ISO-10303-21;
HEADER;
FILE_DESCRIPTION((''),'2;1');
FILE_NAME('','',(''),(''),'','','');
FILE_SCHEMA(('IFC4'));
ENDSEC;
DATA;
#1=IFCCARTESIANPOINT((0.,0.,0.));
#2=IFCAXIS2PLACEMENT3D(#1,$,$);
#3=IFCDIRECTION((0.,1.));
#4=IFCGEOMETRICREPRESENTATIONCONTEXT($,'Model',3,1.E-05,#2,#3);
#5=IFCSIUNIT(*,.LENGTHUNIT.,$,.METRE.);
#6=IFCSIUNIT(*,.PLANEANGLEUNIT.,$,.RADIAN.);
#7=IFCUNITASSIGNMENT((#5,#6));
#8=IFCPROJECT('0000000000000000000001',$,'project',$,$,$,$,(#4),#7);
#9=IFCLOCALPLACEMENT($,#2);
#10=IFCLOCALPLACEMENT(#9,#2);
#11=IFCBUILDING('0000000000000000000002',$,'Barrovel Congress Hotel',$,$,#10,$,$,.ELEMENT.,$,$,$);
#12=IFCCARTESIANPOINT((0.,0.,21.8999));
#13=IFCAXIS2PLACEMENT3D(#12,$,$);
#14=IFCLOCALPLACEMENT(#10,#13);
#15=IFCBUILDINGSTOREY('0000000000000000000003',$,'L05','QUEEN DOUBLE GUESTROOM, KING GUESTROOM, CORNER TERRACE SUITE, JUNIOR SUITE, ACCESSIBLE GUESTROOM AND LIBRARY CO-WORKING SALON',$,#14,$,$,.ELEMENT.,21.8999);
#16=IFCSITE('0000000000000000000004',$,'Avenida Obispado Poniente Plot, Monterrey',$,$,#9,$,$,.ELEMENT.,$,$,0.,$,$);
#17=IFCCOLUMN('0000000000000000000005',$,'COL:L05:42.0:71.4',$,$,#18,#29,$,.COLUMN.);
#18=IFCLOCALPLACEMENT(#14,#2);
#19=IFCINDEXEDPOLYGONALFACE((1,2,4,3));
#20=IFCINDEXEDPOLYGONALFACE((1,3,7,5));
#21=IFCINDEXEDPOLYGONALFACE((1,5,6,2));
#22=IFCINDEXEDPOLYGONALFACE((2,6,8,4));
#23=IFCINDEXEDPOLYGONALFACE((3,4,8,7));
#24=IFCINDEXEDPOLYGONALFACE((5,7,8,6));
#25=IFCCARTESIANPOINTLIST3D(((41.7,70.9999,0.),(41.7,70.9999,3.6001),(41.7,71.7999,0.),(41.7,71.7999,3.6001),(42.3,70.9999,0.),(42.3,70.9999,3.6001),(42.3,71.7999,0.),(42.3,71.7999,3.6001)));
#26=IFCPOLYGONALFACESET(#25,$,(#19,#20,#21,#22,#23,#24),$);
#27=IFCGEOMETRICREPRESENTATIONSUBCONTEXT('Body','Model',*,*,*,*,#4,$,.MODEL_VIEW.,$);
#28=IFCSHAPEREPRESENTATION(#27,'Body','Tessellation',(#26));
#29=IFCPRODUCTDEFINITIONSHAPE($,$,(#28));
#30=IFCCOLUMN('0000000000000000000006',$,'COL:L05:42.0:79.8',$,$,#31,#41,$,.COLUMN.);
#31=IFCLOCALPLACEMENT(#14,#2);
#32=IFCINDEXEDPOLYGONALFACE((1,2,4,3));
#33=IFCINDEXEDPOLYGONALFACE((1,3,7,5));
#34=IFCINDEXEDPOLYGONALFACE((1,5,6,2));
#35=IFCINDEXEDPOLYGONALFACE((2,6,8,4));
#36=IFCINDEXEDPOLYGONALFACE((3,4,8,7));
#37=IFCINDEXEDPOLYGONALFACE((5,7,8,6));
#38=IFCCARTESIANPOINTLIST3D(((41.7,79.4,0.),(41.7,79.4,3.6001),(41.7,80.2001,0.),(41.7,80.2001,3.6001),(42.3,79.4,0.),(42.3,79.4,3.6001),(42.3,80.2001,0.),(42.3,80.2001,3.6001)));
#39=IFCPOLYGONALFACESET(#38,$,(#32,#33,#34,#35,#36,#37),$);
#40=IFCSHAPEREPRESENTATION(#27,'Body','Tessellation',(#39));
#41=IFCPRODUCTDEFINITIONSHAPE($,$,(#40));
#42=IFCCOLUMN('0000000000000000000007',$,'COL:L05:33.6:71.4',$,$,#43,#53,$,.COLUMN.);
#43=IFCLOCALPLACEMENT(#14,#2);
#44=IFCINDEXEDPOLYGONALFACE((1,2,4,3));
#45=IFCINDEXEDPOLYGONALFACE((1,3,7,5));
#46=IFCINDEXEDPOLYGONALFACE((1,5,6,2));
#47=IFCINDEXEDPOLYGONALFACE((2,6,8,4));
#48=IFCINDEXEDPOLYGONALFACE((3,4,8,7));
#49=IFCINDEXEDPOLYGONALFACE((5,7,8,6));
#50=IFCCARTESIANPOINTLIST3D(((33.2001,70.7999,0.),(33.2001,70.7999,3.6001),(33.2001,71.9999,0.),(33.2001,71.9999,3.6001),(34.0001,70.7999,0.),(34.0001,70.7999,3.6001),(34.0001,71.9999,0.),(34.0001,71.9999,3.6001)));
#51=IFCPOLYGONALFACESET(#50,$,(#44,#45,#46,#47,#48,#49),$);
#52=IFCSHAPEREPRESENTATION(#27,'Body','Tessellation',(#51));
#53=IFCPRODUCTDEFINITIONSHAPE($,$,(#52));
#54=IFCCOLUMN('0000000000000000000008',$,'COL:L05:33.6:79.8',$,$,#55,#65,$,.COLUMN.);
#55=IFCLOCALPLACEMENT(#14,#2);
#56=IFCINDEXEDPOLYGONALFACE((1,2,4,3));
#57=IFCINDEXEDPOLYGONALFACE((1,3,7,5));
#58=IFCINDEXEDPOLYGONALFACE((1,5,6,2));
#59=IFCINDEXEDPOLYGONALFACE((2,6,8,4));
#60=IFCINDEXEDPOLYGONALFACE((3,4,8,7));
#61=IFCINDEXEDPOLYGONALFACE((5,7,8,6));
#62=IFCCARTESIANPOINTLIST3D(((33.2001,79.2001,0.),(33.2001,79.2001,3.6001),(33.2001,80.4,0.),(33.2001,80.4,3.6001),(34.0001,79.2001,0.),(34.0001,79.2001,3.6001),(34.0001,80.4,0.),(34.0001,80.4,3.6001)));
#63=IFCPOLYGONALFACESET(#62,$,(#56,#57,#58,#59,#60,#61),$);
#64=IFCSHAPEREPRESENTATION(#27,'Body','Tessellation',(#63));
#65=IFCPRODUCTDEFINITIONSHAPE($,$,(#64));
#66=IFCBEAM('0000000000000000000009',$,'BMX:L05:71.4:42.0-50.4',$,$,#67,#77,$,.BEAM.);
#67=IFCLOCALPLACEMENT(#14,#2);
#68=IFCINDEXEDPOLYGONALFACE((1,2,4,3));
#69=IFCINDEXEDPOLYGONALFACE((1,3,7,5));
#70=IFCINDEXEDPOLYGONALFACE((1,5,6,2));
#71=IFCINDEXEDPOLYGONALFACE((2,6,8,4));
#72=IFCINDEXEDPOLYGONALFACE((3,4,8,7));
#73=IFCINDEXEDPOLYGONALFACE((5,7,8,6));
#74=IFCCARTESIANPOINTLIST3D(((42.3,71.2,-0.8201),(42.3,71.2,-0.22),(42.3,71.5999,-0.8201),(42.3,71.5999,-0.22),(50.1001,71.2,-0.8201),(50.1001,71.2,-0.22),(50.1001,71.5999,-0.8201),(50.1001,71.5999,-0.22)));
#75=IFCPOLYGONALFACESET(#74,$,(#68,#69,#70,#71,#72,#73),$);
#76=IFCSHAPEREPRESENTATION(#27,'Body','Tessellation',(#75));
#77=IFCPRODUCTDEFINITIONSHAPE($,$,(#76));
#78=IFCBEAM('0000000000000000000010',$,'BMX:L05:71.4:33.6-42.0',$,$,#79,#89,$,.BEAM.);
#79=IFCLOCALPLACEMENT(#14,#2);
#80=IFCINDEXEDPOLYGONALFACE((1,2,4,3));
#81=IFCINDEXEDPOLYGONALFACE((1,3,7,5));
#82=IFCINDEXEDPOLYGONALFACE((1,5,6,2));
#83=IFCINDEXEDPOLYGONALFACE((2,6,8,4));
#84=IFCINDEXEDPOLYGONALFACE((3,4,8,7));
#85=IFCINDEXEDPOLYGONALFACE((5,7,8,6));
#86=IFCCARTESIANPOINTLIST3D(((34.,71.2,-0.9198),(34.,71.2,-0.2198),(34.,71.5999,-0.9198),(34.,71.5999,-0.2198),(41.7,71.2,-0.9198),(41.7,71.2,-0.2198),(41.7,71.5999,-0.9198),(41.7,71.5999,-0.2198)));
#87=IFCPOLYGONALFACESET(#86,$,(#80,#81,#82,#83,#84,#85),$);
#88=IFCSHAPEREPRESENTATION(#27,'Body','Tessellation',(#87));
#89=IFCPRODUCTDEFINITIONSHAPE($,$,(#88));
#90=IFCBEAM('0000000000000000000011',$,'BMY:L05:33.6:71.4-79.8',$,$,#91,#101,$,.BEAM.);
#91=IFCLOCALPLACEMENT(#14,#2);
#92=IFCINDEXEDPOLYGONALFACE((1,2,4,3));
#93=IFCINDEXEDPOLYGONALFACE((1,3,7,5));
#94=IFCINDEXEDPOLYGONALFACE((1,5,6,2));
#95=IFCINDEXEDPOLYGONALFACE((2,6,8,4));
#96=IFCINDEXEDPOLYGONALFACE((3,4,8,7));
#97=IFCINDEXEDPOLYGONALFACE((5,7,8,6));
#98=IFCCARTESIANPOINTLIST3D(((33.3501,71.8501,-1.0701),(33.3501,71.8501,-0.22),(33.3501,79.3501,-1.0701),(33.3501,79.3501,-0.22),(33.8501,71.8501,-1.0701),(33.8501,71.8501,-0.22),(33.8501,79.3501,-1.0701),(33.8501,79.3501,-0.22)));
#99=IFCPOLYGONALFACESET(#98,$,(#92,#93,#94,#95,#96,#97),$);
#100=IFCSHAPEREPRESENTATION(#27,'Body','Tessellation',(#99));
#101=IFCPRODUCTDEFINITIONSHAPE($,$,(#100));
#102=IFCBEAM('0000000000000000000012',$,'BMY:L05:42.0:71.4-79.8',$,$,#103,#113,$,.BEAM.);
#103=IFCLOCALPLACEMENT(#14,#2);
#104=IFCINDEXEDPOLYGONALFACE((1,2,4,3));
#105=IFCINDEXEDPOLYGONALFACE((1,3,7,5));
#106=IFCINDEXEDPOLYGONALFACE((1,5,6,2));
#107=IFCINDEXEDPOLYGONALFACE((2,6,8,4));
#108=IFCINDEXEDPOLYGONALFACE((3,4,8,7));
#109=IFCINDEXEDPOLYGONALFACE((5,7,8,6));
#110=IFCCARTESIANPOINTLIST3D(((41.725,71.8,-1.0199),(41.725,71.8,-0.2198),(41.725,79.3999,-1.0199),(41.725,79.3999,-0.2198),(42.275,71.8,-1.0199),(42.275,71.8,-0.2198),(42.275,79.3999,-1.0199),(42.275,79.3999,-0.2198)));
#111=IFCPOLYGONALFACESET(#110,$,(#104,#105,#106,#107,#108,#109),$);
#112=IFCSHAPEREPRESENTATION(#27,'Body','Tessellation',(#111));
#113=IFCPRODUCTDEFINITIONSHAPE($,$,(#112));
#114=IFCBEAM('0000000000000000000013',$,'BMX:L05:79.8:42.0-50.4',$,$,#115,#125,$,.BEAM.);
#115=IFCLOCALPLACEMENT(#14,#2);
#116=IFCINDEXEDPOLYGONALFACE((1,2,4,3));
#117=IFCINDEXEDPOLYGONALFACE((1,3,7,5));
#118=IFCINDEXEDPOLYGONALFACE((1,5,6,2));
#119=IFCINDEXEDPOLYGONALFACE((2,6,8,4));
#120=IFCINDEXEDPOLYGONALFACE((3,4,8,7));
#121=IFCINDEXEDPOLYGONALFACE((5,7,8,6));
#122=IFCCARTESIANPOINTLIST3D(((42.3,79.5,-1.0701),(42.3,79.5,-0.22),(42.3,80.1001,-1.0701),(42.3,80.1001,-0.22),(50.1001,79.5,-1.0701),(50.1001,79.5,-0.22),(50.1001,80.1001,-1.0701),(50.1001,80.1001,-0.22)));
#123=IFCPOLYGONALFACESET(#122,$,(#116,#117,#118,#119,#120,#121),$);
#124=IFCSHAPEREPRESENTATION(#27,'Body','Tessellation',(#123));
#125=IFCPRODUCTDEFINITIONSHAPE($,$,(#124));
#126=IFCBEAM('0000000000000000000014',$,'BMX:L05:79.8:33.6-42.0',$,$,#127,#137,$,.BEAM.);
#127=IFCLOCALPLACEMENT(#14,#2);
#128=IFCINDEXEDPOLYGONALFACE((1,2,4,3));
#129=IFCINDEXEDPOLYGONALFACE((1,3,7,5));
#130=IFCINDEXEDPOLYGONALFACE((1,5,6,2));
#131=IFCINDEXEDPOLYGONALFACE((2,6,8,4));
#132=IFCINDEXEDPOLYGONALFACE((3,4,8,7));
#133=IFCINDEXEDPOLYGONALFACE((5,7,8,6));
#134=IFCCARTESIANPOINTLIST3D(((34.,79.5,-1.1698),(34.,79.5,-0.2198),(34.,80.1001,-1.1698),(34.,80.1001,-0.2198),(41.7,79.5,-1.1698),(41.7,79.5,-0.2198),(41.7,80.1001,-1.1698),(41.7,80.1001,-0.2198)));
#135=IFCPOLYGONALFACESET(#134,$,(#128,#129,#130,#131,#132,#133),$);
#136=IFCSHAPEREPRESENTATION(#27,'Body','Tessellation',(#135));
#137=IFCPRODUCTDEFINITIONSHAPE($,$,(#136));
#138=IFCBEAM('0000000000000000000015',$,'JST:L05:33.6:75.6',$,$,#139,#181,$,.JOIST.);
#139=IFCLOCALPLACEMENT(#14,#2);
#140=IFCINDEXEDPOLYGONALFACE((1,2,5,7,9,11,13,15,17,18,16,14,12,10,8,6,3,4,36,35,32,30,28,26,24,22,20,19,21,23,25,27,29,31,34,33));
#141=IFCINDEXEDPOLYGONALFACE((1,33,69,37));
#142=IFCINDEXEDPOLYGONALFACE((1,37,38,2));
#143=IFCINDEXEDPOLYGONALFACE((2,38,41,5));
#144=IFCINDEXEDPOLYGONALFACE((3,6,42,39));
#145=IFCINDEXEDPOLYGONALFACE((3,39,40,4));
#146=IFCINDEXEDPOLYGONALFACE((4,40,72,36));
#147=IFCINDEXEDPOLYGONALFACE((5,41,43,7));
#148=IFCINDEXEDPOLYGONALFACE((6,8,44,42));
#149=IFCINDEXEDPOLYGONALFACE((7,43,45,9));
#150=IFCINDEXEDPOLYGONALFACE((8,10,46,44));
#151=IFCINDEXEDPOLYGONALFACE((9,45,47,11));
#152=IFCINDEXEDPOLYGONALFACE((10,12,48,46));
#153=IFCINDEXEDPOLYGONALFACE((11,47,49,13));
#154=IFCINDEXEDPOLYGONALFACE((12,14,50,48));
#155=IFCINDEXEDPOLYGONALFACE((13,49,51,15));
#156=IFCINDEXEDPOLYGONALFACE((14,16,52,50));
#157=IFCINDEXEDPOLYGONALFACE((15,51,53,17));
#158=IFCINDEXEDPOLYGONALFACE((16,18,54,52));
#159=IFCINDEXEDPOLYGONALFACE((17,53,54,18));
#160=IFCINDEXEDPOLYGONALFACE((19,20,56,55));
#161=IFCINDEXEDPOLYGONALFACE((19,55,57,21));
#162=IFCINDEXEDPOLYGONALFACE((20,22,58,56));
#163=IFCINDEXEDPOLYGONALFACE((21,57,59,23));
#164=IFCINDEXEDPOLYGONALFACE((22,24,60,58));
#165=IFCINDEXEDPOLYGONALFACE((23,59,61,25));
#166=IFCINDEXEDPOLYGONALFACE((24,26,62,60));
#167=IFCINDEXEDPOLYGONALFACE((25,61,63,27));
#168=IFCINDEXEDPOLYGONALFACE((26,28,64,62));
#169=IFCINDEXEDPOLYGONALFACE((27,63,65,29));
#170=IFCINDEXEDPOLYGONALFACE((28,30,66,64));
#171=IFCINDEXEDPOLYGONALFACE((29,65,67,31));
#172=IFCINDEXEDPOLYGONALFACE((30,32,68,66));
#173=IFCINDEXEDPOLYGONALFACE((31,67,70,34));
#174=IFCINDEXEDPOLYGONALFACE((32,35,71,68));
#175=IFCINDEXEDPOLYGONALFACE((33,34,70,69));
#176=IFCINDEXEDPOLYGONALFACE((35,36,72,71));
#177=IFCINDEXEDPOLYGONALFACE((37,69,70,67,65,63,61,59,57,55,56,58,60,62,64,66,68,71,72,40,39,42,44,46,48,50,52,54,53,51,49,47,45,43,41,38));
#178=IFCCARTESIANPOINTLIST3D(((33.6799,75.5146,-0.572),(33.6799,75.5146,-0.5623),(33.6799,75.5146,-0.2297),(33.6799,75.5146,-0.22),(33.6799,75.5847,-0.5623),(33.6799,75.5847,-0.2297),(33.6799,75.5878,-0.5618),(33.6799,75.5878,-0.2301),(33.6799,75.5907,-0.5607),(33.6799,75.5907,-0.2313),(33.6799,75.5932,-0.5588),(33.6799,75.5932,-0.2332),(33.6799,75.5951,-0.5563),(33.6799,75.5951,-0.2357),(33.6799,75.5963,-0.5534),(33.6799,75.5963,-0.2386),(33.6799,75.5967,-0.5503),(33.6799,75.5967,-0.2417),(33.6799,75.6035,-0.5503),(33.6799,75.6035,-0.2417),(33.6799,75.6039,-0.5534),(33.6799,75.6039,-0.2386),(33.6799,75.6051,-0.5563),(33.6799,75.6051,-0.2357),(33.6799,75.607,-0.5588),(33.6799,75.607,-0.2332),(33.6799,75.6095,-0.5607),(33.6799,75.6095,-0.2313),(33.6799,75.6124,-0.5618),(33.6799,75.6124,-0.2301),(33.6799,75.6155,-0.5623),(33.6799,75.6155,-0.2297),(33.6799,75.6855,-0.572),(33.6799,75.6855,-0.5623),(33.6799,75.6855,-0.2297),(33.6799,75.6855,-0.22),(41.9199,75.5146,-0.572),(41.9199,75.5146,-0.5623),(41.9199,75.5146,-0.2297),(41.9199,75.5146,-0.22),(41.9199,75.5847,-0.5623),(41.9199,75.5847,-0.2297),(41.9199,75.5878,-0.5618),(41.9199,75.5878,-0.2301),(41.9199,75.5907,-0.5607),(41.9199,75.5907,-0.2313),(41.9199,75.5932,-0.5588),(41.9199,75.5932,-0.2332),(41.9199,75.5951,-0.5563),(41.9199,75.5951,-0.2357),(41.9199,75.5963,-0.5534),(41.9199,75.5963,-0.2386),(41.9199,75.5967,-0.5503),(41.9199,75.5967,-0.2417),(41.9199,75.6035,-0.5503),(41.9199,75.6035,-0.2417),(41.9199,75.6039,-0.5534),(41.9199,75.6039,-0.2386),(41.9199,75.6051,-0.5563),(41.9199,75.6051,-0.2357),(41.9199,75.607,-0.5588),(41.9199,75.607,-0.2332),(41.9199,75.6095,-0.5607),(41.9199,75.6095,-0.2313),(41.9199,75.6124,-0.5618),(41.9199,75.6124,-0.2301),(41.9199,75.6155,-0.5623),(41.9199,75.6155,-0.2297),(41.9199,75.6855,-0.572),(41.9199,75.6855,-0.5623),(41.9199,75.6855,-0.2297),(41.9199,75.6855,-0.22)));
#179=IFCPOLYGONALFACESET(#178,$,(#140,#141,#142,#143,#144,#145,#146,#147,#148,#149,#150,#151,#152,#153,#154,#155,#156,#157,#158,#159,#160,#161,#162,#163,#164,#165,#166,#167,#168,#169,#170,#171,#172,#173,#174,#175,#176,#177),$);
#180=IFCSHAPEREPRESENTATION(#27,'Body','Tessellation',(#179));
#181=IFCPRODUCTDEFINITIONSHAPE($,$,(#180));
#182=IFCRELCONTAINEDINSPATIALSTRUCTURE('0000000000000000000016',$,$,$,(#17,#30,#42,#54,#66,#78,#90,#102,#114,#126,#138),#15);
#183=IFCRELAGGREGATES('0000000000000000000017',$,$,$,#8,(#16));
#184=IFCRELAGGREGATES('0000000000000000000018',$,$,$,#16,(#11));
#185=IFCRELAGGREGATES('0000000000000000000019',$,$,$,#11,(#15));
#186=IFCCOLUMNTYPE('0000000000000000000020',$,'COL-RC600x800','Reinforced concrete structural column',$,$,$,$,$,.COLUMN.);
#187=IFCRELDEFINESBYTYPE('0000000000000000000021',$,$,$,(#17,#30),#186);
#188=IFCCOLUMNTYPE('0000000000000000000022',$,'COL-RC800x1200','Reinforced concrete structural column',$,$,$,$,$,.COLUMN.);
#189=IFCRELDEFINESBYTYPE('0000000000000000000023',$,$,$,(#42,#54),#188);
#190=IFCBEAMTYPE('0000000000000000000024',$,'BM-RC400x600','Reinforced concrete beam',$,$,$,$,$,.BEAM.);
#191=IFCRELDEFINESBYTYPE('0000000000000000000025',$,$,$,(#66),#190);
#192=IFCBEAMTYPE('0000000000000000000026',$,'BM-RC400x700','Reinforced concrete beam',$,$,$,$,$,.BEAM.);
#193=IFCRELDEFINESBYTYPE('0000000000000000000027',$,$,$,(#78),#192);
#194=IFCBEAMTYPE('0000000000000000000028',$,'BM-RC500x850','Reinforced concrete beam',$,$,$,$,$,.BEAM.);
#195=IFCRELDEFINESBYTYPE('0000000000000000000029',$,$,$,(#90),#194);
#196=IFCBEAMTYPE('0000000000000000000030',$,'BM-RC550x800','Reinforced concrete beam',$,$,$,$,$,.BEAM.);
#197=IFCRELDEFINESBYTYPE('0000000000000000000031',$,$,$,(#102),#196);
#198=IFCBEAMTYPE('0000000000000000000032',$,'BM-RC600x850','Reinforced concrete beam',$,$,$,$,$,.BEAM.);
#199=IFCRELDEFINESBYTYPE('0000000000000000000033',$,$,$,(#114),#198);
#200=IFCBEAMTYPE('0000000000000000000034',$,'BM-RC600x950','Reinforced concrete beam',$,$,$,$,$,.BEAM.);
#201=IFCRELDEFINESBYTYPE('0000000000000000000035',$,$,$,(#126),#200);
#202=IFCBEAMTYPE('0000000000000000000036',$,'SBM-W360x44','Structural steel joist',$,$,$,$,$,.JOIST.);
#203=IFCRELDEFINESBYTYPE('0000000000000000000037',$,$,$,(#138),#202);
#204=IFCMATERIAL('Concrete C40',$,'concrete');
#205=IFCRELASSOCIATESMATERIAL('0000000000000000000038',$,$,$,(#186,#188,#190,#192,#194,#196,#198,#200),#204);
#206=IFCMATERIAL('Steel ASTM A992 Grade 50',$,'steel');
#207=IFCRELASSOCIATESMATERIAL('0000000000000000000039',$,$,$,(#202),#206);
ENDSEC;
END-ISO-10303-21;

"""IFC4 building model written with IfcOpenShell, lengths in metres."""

from ifc_helpers import new_model, si_unit, direction, frame, origin, origin_2d, place, context, subcontext, project, spatial, rectangle, i_section, extrude, material, material_profile, profile_set, type_object, element, save


model = new_model("IFC4")

# Units and contexts
model_context = context("Model", 3, precision=1e-05, world=origin(), true_north=direction((0.0, 1.0)))
body_context = subcontext(model_context, "Body", "Model", "MODEL_VIEW")
ifc_project = project(units=[si_unit("LENGTHUNIT", "METRE"), si_unit("PLANEANGLEUNIT", "RADIAN")], contexts=[model_context])

# Site, building, storey
site_placement = place(None, origin())
site = spatial("IfcSite", under=ifc_project, at=site_placement, Name="Avenida Obispado Poniente Plot, Monterrey", CompositionType="ELEMENT", RefElevation=0.0)
building_placement = place(site_placement, origin())
building = spatial("IfcBuilding", under=site, at=building_placement, Name="Barrovel Congress Hotel", CompositionType="ELEMENT")
storey_placement = place(building_placement, frame((0.0, 0.0, 21.8999)))
storey = spatial("IfcBuildingStorey", under=building, at=storey_placement, Name="L05", Description="QUEEN DOUBLE GUESTROOM, KING GUESTROOM, CORNER TERRACE SUITE, JUNIOR SUITE, ACCESSIBLE GUESTROOM AND LIBRARY CO-WORKING SALON", CompositionType="ELEMENT", Elevation=21.8999)

# Columns
ifc_material_1 = material(Name="Concrete C40", Category="concrete")
ifc_material_profile_1 = material_profile(ifc_material_1, rectangle(XDim=0.6001, YDim=0.8, at=origin_2d()), Name="RC600x800")
ifc_profile_set_1 = profile_set([ifc_material_profile_1], Name="Concrete C40")
column_type_1 = type_object("IfcColumnType", Name="COL-RC600x800", Description="Reinforced concrete structural column", PredefinedType="COLUMN", material=ifc_profile_set_1)
for number, where, z_axis, x_axis, name in (
    (1, (42.0, 71.3999, 0.0), (0.0, 0.0, 1.0), (1.0, 0.0, 0.0), "COL:L05:42.0:71.4"),
    (2, (42.0, 79.8, 0.0), (0.0, 0.0, 1.0), (1.0, 0.0, 0.0), "COL:L05:42.0:79.8"),
):
    element("IfcColumn", number, at=place(storey_placement, frame(where, z_axis=z_axis, x_axis=x_axis)), inside=storey, type_object=column_type_1, Name=name, PredefinedType="COLUMN", context=body_context, shape_type="SweptSolid", body=[
        extrude(rectangle(XDim=0.6001, YDim=0.8, at=origin_2d()), origin(), (0.0, 0.0, 1.0), 3.6001),
    ])
ifc_material_profile_2 = material_profile(ifc_material_1, rectangle(XDim=0.8, YDim=1.2, at=origin_2d()), Name="RC800x1200")
ifc_profile_set_2 = profile_set([ifc_material_profile_2], Name="Concrete C40")
column_type_2 = type_object("IfcColumnType", Name="COL-RC800x1200", Description="Reinforced concrete structural column", PredefinedType="COLUMN", material=ifc_profile_set_2)
for number, where, z_axis, x_axis, name in (
    (3, (33.6001, 71.3999, 0.0), (0.0, 0.0, 1.0), (1.0, 0.0, 0.0), "COL:L05:33.6:71.4"),
    (4, (33.6001, 79.8, 0.0), (0.0, 0.0, 1.0), (1.0, 0.0, 0.0), "COL:L05:33.6:79.8"),
):
    element("IfcColumn", number, at=place(storey_placement, frame(where, z_axis=z_axis, x_axis=x_axis)), inside=storey, type_object=column_type_2, Name=name, PredefinedType="COLUMN", context=body_context, shape_type="SweptSolid", body=[
        extrude(rectangle(XDim=0.8, YDim=1.2, at=origin_2d()), origin(), (0.0, 0.0, 1.0), 3.6001),
    ])

# Beams
ifc_material_profile_3 = material_profile(ifc_material_1, rectangle(XDim=0.3999, YDim=0.6001, at=origin_2d()), Name="RC400x600")
ifc_profile_set_3 = profile_set([ifc_material_profile_3], Name="Concrete C40")
beam_type_1 = type_object("IfcBeamType", Name="BM-RC400x600", Description="Reinforced concrete beam", PredefinedType="BEAM", material=ifc_profile_set_3)
beam_1_placement = place(storey_placement, frame((42.3, 71.3999, -0.52), z_axis=(1.0, 0.0, 0.0), x_axis=(0.0, 1.0, 0.0)))
element("IfcBeam", 5, at=beam_1_placement, inside=storey, type_object=beam_type_1, Name="BMX:L05:71.4:42.0-50.4", PredefinedType="BEAM", context=body_context, shape_type="SweptSolid", body=[
    extrude(rectangle(XDim=0.3999, YDim=0.6001, at=origin_2d()), origin(), (0.0, 0.0, 1.0), 7.8),
])
ifc_material_profile_4 = material_profile(ifc_material_1, rectangle(XDim=0.3999, YDim=0.7, at=origin_2d()), Name="RC400x700")
ifc_profile_set_4 = profile_set([ifc_material_profile_4], Name="Concrete C40")
beam_type_2 = type_object("IfcBeamType", Name="BM-RC400x700", Description="Reinforced concrete beam", PredefinedType="BEAM", material=ifc_profile_set_4)
beam_2_placement = place(storey_placement, frame((34.0, 71.3999, -0.5698), z_axis=(1.0, 0.0, 0.0), x_axis=(0.0, 1.0, 0.0)))
element("IfcBeam", 6, at=beam_2_placement, inside=storey, type_object=beam_type_2, Name="BMX:L05:71.4:33.6-42.0", PredefinedType="BEAM", context=body_context, shape_type="SweptSolid", body=[
    extrude(rectangle(XDim=0.3999, YDim=0.7, at=origin_2d()), origin(), (0.0, 0.0, 1.0), 7.7),
])
ifc_material_profile_5 = material_profile(ifc_material_1, rectangle(XDim=0.5, YDim=0.8501, at=origin_2d()), Name="RC500x850")
ifc_profile_set_5 = profile_set([ifc_material_profile_5], Name="Concrete C40")
beam_type_3 = type_object("IfcBeamType", Name="BM-RC500x850", Description="Reinforced concrete beam", PredefinedType="BEAM", material=ifc_profile_set_5)
beam_3_placement = place(storey_placement, frame((33.6001, 71.8501, -0.645), z_axis=(0.0, 1.0, 0.0), x_axis=(-1.0, 0.0, 0.0)))
element("IfcBeam", 7, at=beam_3_placement, inside=storey, type_object=beam_type_3, Name="BMY:L05:33.6:71.4-79.8", PredefinedType="BEAM", context=body_context, shape_type="SweptSolid", body=[
    extrude(rectangle(XDim=0.5, YDim=0.8501, at=origin_2d()), origin(), (0.0, 0.0, 1.0), 7.5),
])
ifc_material_profile_6 = material_profile(ifc_material_1, rectangle(XDim=0.55, YDim=0.8, at=origin_2d()), Name="RC550x800")
ifc_profile_set_6 = profile_set([ifc_material_profile_6], Name="Concrete C40")
beam_type_4 = type_object("IfcBeamType", Name="BM-RC550x800", Description="Reinforced concrete beam", PredefinedType="BEAM", material=ifc_profile_set_6)
beam_4_placement = place(storey_placement, frame((42.0, 71.8, -0.6199), z_axis=(0.0, 1.0, 0.0), x_axis=(-1.0, 0.0, 0.0)))
element("IfcBeam", 8, at=beam_4_placement, inside=storey, type_object=beam_type_4, Name="BMY:L05:42.0:71.4-79.8", PredefinedType="BEAM", context=body_context, shape_type="SweptSolid", body=[
    extrude(rectangle(XDim=0.55, YDim=0.8, at=origin_2d()), origin(), (0.0, 0.0, 1.0), 7.5999),
])
ifc_material_profile_7 = material_profile(ifc_material_1, rectangle(XDim=0.6001, YDim=0.8501, at=origin_2d()), Name="RC600x850")
ifc_profile_set_7 = profile_set([ifc_material_profile_7], Name="Concrete C40")
beam_type_5 = type_object("IfcBeamType", Name="BM-RC600x850", Description="Reinforced concrete beam", PredefinedType="BEAM", material=ifc_profile_set_7)
beam_5_placement = place(storey_placement, frame((42.3, 79.8, -0.645), z_axis=(1.0, 0.0, 0.0), x_axis=(0.0, 1.0, 0.0)))
element("IfcBeam", 9, at=beam_5_placement, inside=storey, type_object=beam_type_5, Name="BMX:L05:79.8:42.0-50.4", PredefinedType="BEAM", context=body_context, shape_type="SweptSolid", body=[
    extrude(rectangle(XDim=0.6001, YDim=0.8501, at=origin_2d()), origin(), (0.0, 0.0, 1.0), 7.8),
])
ifc_material_profile_8 = material_profile(ifc_material_1, rectangle(XDim=0.6001, YDim=0.95, at=origin_2d()), Name="RC600x950")
ifc_profile_set_8 = profile_set([ifc_material_profile_8], Name="Concrete C40")
beam_type_6 = type_object("IfcBeamType", Name="BM-RC600x950", Description="Reinforced concrete beam", PredefinedType="BEAM", material=ifc_profile_set_8)
beam_6_placement = place(storey_placement, frame((34.0, 79.8, -0.6948), z_axis=(1.0, 0.0, 0.0), x_axis=(0.0, 1.0, 0.0)))
element("IfcBeam", 10, at=beam_6_placement, inside=storey, type_object=beam_type_6, Name="BMX:L05:79.8:33.6-42.0", PredefinedType="BEAM", context=body_context, shape_type="SweptSolid", body=[
    extrude(rectangle(XDim=0.6001, YDim=0.95, at=origin_2d()), origin(), (0.0, 0.0, 1.0), 7.7),
])
ifc_material_2 = material(Name="Steel ASTM A992 Grade 50", Category="steel")
ifc_material_profile_9 = material_profile(ifc_material_2, i_section(OverallWidth=0.1709, OverallDepth=0.3521, WebThickness=0.0068, FlangeThickness=0.0098, FilletRadius=0.012, at=origin_2d()), Name="W360x44")
ifc_profile_set_9 = profile_set([ifc_material_profile_9], Name="Steel ASTM A992 Grade 50")
beam_type_7 = type_object("IfcBeamType", Name="SBM-W360x44", Description="Structural steel joist", PredefinedType="JOIST", material=ifc_profile_set_9)
beam_7_placement = place(storey_placement, frame((33.6799, 75.6001, -0.396), z_axis=(1.0, 0.0, 0.0), x_axis=(0.0, 1.0, 0.0)))
element("IfcBeam", 11, at=beam_7_placement, inside=storey, type_object=beam_type_7, Name="JST:L05:33.6:75.6", PredefinedType="JOIST", context=body_context, shape_type="SweptSolid", body=[
    extrude(i_section(OverallWidth=0.1709, OverallDepth=0.3521, WebThickness=0.0068, FlangeThickness=0.0098, FilletRadius=0.012, at=origin_2d()), origin(), (0.0, 0.0, 1.0), 8.24),
])

save(model, "model.ifc")
